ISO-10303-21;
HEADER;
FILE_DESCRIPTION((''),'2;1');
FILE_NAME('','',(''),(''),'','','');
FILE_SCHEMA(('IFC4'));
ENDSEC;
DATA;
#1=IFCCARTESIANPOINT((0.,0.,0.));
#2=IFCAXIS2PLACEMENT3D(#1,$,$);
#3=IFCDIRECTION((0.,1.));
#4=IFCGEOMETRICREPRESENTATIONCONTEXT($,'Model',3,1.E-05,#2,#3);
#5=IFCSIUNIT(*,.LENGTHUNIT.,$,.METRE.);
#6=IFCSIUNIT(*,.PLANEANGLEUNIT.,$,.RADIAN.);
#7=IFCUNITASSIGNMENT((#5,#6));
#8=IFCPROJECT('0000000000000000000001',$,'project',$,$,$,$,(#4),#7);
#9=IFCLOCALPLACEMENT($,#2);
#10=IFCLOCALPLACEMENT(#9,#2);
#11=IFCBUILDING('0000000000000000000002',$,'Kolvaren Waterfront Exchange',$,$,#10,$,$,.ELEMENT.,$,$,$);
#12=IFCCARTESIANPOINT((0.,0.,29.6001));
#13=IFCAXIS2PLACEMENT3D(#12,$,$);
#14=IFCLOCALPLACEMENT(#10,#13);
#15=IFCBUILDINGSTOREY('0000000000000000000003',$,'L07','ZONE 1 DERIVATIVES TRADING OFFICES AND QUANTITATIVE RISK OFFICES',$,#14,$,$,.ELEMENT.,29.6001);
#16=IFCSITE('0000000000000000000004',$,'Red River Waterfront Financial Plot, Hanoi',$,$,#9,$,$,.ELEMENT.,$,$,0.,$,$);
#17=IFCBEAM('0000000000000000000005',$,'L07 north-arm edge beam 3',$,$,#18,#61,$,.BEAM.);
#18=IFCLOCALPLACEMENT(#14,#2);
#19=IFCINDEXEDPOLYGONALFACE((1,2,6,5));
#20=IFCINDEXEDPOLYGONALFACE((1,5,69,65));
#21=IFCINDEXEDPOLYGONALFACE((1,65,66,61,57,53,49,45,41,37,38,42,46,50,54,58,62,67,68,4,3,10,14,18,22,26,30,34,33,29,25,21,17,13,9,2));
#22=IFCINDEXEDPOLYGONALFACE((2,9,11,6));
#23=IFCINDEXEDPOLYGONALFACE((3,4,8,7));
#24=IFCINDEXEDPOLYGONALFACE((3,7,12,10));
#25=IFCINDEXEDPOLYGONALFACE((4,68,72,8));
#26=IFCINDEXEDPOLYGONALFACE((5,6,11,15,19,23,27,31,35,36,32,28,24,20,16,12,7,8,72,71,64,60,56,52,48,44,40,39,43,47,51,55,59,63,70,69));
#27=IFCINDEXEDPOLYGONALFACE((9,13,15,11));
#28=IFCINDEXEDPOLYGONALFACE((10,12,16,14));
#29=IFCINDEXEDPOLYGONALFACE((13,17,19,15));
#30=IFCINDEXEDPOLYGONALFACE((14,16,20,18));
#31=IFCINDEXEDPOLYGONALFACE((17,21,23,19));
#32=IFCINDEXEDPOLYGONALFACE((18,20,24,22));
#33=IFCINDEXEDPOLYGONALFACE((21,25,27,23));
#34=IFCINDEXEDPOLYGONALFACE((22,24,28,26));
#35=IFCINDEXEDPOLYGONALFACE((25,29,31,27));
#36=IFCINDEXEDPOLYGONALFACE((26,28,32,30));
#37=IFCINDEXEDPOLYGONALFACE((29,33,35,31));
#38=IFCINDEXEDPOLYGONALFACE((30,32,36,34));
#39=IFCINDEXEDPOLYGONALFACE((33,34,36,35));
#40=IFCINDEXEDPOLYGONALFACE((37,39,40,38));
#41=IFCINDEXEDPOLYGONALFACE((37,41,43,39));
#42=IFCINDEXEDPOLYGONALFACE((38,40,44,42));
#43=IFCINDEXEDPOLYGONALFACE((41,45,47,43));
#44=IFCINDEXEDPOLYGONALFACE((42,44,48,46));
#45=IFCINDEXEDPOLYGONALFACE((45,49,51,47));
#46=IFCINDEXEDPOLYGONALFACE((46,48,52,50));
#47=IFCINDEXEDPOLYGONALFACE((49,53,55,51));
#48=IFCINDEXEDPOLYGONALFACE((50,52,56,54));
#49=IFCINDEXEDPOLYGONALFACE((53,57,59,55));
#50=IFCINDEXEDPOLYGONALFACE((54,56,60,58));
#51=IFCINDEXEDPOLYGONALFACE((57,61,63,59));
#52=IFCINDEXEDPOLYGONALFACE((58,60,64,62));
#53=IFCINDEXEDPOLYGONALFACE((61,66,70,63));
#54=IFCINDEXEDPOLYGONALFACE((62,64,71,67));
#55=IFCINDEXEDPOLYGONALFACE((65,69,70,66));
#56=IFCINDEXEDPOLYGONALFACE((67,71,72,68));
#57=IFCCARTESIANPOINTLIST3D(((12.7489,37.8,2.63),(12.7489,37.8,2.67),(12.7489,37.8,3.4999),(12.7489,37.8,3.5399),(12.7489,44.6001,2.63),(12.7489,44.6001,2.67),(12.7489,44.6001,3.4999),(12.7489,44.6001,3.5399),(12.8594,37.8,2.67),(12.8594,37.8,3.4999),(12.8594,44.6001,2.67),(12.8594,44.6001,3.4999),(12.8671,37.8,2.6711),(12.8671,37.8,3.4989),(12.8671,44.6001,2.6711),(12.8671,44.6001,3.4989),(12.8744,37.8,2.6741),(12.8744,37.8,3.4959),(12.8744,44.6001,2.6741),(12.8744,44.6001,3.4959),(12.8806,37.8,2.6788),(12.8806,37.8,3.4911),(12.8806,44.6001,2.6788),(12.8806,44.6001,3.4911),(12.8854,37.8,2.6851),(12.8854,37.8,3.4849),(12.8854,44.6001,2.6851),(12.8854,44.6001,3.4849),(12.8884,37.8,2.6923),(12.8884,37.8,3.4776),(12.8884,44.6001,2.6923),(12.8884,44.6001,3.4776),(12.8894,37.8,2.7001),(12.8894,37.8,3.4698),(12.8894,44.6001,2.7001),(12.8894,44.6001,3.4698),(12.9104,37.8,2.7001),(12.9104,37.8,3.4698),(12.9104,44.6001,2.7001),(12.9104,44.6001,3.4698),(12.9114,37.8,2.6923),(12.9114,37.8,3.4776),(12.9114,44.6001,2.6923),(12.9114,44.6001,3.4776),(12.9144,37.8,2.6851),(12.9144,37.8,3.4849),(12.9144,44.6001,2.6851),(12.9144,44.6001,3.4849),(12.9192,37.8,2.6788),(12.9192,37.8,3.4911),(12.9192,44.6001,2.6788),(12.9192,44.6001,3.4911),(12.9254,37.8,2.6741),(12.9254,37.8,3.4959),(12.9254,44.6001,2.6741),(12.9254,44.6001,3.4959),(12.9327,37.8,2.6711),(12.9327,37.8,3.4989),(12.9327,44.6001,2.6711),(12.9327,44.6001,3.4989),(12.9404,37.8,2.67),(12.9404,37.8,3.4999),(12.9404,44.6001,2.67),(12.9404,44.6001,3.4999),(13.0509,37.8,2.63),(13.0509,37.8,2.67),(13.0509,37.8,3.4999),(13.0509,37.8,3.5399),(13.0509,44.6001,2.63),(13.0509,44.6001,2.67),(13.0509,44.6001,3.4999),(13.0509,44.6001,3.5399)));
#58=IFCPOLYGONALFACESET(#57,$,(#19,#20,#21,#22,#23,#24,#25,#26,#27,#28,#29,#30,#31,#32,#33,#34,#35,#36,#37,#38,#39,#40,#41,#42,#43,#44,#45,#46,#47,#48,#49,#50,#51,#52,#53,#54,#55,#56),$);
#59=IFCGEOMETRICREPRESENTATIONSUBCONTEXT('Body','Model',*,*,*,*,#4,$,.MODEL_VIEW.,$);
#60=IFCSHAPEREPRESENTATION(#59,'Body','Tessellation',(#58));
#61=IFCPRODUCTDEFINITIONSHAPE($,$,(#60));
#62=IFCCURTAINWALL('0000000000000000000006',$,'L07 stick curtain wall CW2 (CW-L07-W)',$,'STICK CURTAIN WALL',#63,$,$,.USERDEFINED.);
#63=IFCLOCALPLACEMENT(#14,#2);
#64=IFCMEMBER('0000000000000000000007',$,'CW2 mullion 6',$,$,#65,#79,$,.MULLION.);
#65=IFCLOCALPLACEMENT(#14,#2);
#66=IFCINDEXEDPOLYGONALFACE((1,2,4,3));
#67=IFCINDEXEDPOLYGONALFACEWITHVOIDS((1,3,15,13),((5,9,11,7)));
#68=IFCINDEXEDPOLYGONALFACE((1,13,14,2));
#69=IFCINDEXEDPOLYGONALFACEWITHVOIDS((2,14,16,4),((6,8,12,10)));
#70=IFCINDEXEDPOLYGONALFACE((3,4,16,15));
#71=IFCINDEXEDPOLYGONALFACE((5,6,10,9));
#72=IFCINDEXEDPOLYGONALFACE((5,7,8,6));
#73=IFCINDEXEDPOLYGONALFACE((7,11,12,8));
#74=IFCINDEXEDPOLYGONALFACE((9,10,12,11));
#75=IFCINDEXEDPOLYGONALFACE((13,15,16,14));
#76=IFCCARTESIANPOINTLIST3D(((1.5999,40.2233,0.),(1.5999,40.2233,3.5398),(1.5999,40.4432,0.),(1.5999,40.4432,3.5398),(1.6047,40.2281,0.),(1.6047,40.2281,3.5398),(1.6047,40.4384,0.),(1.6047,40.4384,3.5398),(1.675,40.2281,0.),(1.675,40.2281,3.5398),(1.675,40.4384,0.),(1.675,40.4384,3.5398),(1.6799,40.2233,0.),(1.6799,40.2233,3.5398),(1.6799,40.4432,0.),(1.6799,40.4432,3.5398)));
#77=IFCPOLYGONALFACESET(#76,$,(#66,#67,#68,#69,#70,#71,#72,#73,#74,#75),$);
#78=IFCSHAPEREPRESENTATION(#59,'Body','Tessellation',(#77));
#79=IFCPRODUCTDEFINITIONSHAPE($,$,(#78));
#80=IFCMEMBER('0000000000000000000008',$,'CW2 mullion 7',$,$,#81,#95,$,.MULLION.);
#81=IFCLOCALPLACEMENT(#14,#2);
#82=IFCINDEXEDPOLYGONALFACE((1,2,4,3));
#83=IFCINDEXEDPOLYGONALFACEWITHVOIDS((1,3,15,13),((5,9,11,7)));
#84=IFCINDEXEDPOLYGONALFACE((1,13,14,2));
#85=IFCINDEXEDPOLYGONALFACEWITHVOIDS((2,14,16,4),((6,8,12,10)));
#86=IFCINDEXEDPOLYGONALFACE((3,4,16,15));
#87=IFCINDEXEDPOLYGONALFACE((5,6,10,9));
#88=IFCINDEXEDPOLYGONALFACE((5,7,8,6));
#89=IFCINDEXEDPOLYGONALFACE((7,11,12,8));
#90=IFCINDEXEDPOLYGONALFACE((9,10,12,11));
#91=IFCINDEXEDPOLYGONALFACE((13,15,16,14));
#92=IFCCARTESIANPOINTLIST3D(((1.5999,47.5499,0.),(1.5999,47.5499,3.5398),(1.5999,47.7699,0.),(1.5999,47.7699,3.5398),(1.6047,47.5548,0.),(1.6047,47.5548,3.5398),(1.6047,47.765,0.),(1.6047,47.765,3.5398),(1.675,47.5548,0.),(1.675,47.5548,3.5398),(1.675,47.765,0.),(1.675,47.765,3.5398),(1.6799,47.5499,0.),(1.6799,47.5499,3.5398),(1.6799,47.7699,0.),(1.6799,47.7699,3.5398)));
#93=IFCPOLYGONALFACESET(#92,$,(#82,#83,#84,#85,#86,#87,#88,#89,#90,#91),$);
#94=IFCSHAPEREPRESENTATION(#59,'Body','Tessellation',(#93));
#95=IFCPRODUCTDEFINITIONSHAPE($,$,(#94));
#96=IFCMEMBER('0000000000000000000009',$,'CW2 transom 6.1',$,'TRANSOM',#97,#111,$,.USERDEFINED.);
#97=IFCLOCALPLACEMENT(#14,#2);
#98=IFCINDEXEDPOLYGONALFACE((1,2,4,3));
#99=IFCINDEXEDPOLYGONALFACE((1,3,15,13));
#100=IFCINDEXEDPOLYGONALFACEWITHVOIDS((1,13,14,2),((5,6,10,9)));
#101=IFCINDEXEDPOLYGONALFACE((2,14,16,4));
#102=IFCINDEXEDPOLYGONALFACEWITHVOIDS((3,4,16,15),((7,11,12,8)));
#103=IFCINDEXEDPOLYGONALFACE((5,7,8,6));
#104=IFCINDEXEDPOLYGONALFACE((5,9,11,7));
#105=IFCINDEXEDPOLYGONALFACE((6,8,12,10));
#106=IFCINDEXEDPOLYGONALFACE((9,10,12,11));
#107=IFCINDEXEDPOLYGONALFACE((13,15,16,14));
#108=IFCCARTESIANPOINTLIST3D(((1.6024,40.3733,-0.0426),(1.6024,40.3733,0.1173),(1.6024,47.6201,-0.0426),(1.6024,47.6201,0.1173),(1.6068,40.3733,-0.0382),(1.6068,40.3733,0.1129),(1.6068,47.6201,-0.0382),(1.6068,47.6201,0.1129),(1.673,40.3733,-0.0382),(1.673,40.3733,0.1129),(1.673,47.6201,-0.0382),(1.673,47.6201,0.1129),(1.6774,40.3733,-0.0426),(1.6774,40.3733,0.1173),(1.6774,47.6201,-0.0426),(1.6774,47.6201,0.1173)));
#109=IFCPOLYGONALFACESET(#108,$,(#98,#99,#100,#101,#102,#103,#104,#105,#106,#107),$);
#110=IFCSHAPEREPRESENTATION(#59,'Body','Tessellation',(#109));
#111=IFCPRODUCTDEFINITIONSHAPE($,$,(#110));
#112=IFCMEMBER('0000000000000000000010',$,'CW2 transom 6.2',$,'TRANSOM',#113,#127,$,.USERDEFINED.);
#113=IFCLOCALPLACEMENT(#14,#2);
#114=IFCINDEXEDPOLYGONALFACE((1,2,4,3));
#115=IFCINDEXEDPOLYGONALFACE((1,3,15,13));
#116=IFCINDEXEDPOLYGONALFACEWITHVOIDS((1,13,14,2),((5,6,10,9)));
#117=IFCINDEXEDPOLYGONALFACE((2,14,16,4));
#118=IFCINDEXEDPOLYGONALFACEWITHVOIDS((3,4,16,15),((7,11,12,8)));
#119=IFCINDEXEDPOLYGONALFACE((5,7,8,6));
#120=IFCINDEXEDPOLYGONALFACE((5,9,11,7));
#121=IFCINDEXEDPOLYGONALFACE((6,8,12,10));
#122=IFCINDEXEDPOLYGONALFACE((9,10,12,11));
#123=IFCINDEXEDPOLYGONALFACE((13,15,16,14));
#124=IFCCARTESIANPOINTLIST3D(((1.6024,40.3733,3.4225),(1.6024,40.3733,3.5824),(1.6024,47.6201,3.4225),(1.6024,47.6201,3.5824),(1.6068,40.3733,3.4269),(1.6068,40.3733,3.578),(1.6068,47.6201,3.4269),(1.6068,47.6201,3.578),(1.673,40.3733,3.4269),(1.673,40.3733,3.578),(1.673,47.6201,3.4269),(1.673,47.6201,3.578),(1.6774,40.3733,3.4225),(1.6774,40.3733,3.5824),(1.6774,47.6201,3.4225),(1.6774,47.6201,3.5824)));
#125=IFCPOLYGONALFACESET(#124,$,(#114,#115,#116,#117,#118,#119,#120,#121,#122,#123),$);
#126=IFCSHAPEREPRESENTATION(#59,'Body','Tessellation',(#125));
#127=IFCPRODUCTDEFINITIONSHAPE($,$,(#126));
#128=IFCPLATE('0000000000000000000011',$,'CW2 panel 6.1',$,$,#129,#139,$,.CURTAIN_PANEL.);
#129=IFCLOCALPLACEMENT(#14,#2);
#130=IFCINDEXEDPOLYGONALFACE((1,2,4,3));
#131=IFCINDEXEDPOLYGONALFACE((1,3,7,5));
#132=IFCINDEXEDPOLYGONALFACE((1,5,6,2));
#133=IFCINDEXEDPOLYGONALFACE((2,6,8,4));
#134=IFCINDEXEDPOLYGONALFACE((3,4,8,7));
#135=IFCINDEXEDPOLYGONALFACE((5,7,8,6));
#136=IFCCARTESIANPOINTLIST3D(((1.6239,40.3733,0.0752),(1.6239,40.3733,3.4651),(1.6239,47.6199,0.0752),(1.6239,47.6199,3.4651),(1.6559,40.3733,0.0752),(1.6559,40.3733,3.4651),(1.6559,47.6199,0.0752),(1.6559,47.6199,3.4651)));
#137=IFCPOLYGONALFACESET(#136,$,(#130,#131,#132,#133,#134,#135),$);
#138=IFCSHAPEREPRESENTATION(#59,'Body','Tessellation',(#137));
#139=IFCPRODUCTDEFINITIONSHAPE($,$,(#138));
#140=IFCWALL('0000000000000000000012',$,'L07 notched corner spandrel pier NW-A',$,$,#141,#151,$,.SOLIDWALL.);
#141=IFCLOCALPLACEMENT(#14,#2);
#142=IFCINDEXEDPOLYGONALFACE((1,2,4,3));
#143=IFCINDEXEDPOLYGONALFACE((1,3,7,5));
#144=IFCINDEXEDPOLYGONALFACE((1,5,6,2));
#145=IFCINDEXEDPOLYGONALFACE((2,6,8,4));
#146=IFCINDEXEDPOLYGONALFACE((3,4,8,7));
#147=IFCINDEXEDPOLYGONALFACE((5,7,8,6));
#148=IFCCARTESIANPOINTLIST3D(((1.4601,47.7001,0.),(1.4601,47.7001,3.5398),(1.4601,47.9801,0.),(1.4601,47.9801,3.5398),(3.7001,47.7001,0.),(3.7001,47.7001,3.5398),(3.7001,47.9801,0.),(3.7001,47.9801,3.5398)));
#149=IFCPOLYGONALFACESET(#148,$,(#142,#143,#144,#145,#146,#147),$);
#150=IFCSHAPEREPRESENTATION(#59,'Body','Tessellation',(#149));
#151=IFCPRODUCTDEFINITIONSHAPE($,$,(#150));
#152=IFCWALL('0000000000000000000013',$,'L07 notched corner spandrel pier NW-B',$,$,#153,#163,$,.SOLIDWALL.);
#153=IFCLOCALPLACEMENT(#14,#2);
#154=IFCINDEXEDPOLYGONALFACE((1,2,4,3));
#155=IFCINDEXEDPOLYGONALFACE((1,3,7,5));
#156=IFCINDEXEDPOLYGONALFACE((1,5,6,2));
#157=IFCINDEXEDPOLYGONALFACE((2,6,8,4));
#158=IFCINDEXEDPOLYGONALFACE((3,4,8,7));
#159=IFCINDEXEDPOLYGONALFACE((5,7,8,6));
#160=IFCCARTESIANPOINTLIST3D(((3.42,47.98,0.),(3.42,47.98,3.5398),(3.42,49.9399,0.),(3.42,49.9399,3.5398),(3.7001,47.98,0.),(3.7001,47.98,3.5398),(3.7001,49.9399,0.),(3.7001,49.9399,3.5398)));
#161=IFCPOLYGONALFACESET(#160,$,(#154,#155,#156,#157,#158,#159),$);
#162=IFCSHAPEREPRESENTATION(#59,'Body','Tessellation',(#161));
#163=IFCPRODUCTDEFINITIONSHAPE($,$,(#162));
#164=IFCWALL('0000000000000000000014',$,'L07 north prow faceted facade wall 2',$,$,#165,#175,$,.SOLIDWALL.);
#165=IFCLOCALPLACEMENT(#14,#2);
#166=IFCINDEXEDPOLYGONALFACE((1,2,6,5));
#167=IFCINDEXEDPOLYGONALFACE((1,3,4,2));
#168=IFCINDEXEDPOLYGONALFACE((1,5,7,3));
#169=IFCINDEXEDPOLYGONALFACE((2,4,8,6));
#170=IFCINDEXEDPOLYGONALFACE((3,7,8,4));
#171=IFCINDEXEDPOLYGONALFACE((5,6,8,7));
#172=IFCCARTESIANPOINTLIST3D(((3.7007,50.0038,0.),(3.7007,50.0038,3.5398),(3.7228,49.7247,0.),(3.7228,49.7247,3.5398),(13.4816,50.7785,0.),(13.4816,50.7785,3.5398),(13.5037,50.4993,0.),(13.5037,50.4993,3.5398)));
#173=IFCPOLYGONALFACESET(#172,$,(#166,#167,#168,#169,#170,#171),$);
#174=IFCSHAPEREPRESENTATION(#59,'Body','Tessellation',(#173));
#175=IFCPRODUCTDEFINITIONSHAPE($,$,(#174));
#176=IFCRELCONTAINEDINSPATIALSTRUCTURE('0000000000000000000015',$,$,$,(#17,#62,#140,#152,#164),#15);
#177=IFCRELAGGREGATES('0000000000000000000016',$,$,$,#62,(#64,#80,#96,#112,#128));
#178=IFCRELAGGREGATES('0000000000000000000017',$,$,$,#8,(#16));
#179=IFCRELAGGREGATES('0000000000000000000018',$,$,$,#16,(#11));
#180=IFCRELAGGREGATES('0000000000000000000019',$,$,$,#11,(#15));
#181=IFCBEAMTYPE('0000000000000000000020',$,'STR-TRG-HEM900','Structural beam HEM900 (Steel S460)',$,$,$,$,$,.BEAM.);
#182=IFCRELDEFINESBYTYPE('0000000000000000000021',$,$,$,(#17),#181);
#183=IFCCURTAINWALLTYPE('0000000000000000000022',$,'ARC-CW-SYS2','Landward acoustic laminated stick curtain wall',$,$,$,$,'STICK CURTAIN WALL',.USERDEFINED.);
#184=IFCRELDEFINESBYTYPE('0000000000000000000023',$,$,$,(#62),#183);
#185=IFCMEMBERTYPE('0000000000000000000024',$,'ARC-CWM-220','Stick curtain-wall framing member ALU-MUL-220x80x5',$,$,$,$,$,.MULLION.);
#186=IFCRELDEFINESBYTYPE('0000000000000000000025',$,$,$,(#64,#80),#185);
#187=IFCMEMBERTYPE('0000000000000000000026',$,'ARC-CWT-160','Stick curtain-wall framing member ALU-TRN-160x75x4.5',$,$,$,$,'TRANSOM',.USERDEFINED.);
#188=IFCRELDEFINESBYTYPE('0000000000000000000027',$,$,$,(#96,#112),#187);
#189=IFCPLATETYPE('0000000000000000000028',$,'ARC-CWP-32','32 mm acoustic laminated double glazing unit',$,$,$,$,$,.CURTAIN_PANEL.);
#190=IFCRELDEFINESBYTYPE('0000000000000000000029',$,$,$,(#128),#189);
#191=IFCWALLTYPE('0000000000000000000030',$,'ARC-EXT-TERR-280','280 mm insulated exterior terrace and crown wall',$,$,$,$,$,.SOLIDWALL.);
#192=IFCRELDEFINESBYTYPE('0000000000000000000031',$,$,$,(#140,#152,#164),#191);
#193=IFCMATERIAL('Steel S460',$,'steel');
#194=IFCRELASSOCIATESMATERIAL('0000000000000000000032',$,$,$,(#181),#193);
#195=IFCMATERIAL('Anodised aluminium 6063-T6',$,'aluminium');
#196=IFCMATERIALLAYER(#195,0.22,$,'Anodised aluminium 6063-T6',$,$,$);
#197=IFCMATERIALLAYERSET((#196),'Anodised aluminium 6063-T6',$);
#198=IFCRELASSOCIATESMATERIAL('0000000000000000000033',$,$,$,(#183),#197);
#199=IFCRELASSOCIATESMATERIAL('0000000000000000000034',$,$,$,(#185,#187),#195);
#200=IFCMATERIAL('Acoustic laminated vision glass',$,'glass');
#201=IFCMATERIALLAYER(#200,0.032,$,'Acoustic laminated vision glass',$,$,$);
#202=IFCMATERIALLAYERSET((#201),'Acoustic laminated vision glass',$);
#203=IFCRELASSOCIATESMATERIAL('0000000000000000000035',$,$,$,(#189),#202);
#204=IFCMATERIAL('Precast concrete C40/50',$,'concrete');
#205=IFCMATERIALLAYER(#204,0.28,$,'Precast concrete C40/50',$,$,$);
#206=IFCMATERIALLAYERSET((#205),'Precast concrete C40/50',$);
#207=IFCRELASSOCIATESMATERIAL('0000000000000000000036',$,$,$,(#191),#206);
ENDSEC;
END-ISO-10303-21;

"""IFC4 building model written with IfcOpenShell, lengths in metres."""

from ifc_helpers import new_model, si_unit, direction, frame, frame_2d, origin, origin_with_axes, origin_2d, place, context, subcontext, project, spatial, rectangle, hollow_rectangle, i_section, extrude, source, transform, mapped, material, layer, layer_set, material_profile, profile_set, type_object, element, aggregate, save


model = new_model("IFC4")

# Units and contexts
model_context = context("Model", 3, precision=1e-05, world=origin(), true_north=direction((0.0, 1.0)))
body_context = subcontext(model_context, "Body", "Model", "MODEL_VIEW")
ifc_project = project(units=[si_unit("LENGTHUNIT", "METRE"), si_unit("PLANEANGLEUNIT", "RADIAN")], contexts=[model_context])

# Site, building, storey
site_placement = place(None, origin())
site = spatial("IfcSite", under=ifc_project, at=site_placement, Name="Red River Waterfront Financial Plot, Hanoi", CompositionType="ELEMENT", RefElevation=0.0)
building_placement = place(site_placement, origin())
building = spatial("IfcBuilding", under=site, at=building_placement, Name="Kolvaren Waterfront Exchange", CompositionType="ELEMENT")
storey_placement = place(building_placement, frame((0.0, 0.0, 29.6001)))
storey = spatial("IfcBuildingStorey", under=building, at=storey_placement, Name="L07", Description="ZONE 1 DERIVATIVES TRADING OFFICES AND QUANTITATIVE RISK OFFICES", CompositionType="ELEMENT", Elevation=29.6001)

# Beam
ifc_material_1 = material(Name="Steel S460", Category="steel")
ifc_material_profile_1 = material_profile(ifc_material_1, i_section(OverallWidth=0.302, OverallDepth=0.9099, WebThickness=0.021, FlangeThickness=0.04, FilletRadius=0.03, at=origin_2d()), Name="HEM900")
ifc_profile_set_1 = profile_set([ifc_material_profile_1], Name="Steel S460")
beam_type_1 = type_object("IfcBeamType", Name="STR-TRG-HEM900", Description="Structural beam HEM900 (Steel S460)", PredefinedType="BEAM", material=ifc_profile_set_1)
beam_1_placement = place(storey_placement, frame((12.8999, 37.8, 3.085), z_axis=(0.0, 1.0, 0.0), x_axis=(-1.0, 0.0, 0.0)))
element("IfcBeam", 1, at=beam_1_placement, inside=storey, type_object=beam_type_1, Name="L07 north-arm edge beam 3", PredefinedType="BEAM", context=body_context, shape_type="SweptSolid", body=[
    extrude(i_section(OverallWidth=0.302, OverallDepth=0.9099, WebThickness=0.021, FlangeThickness=0.04, FilletRadius=0.03, at=origin_2d()), origin(), (0.0, 0.0, 1.0), 6.8),
])

# Curtain wall, members, plate
ifc_material_2 = material(Name="Anodised aluminium 6063-T6", Category="aluminium")
ifc_layer_1 = layer(ifc_material_2, 0.22, Name="Anodised aluminium 6063-T6")
ifc_layer_set_1 = layer_set([ifc_layer_1], Name="Anodised aluminium 6063-T6")
curtain_wall_type = type_object("IfcCurtainWallType", Name="ARC-CW-SYS2", Description="Landward acoustic laminated stick curtain wall", ElementType="STICK CURTAIN WALL", PredefinedType="USERDEFINED", material=ifc_layer_set_1)
curtain_wall_placement = place(storey_placement, origin())
curtain_wall = element("IfcCurtainWall", 2, at=curtain_wall_placement, inside=storey, type_object=curtain_wall_type, Name="L07 stick curtain wall CW2 (CW-L07-W)", ObjectType="STICK CURTAIN WALL", PredefinedType="USERDEFINED")
ifc_material_profile_2 = material_profile(ifc_material_2, hollow_rectangle(XDim=0.0801, YDim=0.22, WallThickness=0.0049, at=origin_2d()), Name="ALU-MUL-220x80x5")
ifc_profile_set_2 = profile_set([ifc_material_profile_2], Name="Anodised aluminium 6063-T6")
member_type_1 = type_object("IfcMemberType", Name="ARC-CWM-220", Description="Stick curtain-wall framing member ALU-MUL-220x80x5", PredefinedType="MULLION", material=ifc_profile_set_2)
shared_shape_1 = source(origin_with_axes(), body_context, "Body", "SweptSolid", [
    extrude(hollow_rectangle(XDim=0.0801, YDim=0.22, WallThickness=0.0049, at=origin_2d()), origin(), (0.0, 0.0, 1.0), 3.5398),
])
member_1_placement = place(storey_placement, frame((1.6399, 40.3333, 0.0), z_axis=(0.0, 0.0, 1.0), x_axis=(-1.0, 0.0, 0.0)))
member_1 = element("IfcMember", 3, at=member_1_placement, type_object=member_type_1, Name="CW2 mullion 6", PredefinedType="MULLION", context=body_context, shape_type="MappedRepresentation", body=[
    mapped(shared_shape_1, transform((0.0, 0.0, 0.0), x_axis=(1.0, 0.0, 0.0), y_axis=(0.0, 1.0, 0.0), z_axis=(0.0, 0.0, 1.0), scale=1.0)),
])
member_2_placement = place(storey_placement, frame((1.6399, 47.6599, 0.0), z_axis=(0.0, 0.0, 1.0), x_axis=(-1.0, 0.0, 0.0)))
member_2 = element("IfcMember", 4, at=member_2_placement, type_object=member_type_1, Name="CW2 mullion 7", PredefinedType="MULLION", context=body_context, shape_type="MappedRepresentation", body=[
    mapped(shared_shape_1, transform((0.0, 0.0, 0.0), x_axis=(1.0, 0.0, 0.0), y_axis=(0.0, 1.0, 0.0), z_axis=(0.0, 0.0, 1.0), scale=1.0)),
])
ifc_material_profile_3 = material_profile(ifc_material_2, hollow_rectangle(XDim=0.075, YDim=0.1599, WallThickness=0.0044, at=origin_2d()), Name="ALU-TRN-160x75x4.5")
ifc_profile_set_3 = profile_set([ifc_material_profile_3], Name="Anodised aluminium 6063-T6")
member_type_2 = type_object("IfcMemberType", Name="ARC-CWT-160", Description="Stick curtain-wall framing member ALU-TRN-160x75x4.5", ElementType="TRANSOM", PredefinedType="USERDEFINED", material=ifc_profile_set_3)
shared_shape_2 = source(origin_with_axes(), body_context, "Body", "SweptSolid", [
    extrude(hollow_rectangle(XDim=0.075, YDim=0.1599, WallThickness=0.0044, at=origin_2d()), origin(), (0.0, 0.0, 1.0), 7.2468),
])
member_3_placement = place(storey_placement, frame((1.6399, 40.3733, 0.0374), z_axis=(0.0, 1.0, 0.0), x_axis=(-1.0, 0.0, 0.0)))
member_3 = element("IfcMember", 5, at=member_3_placement, type_object=member_type_2, Name="CW2 transom 6.1", ObjectType="TRANSOM", PredefinedType="USERDEFINED", context=body_context, shape_type="MappedRepresentation", body=[
    mapped(shared_shape_2, transform((0.0, 0.0, 0.0), x_axis=(1.0, 0.0, 0.0), y_axis=(0.0, 1.0, 0.0), z_axis=(0.0, 0.0, 1.0), scale=1.0)),
])
member_4_placement = place(storey_placement, frame((1.6399, 40.3733, 3.5024), z_axis=(0.0, 1.0, 0.0), x_axis=(-1.0, 0.0, 0.0)))
member_4 = element("IfcMember", 6, at=member_4_placement, type_object=member_type_2, Name="CW2 transom 6.2", ObjectType="TRANSOM", PredefinedType="USERDEFINED", context=body_context, shape_type="MappedRepresentation", body=[
    mapped(shared_shape_2, transform((0.0, 0.0, 0.0), x_axis=(1.0, 0.0, 0.0), y_axis=(0.0, 1.0, 0.0), z_axis=(0.0, 0.0, 1.0), scale=1.0)),
])
ifc_material_3 = material(Name="Acoustic laminated vision glass", Category="glass")
ifc_layer_2 = layer(ifc_material_3, 0.032, Name="Acoustic laminated vision glass")
ifc_layer_set_2 = layer_set([ifc_layer_2], Name="Acoustic laminated vision glass")
plate_type = type_object("IfcPlateType", Name="ARC-CWP-32", Description="32 mm acoustic laminated double glazing unit", PredefinedType="CURTAIN_PANEL", material=ifc_layer_set_2)
shared_shape_3 = source(origin_with_axes(), body_context, "Body", "SweptSolid", [
    extrude(rectangle(XDim=7.2466, YDim=0.032, at=origin_2d()), origin(), (0.0, 0.0, 1.0), 3.3899),
])
plate_placement = place(storey_placement, frame((1.6399, 43.9966, 0.0752), z_axis=(0.0, 0.0, 1.0), x_axis=(0.0, 1.0, 0.0)))
plate = element("IfcPlate", 7, at=plate_placement, type_object=plate_type, Name="CW2 panel 6.1", PredefinedType="CURTAIN_PANEL", context=body_context, shape_type="MappedRepresentation", body=[
    mapped(shared_shape_3, transform((0.0, 0.0, 0.0), x_axis=(1.0, 0.0, 0.0), y_axis=(0.0, 1.0, 0.0), z_axis=(0.0, 0.0, 1.0), scale=1.0)),
])
aggregate(curtain_wall, [member_1, member_2, member_3, member_4, plate])

# Walls
ifc_material_4 = material(Name="Precast concrete C40/50", Category="concrete")
ifc_layer_3 = layer(ifc_material_4, 0.28, Name="Precast concrete C40/50")
ifc_layer_set_3 = layer_set([ifc_layer_3], Name="Precast concrete C40/50")
wall_type_1 = type_object("IfcWallType", Name="ARC-EXT-TERR-280", Description="280 mm insulated exterior terrace and crown wall", PredefinedType="SOLIDWALL", material=ifc_layer_set_3)
wall_1_placement = place(storey_placement, frame((1.46, 47.8401, 0.0), z_axis=(0.0, 0.0, 1.0), x_axis=(1.0, 0.0, 0.0)))
element("IfcWall", 8, at=wall_1_placement, inside=storey, type_object=wall_type_1, Name="L07 notched corner spandrel pier NW-A", PredefinedType="SOLIDWALL", context=body_context, shape_type="SweptSolid", body=[
    extrude(rectangle(XDim=2.24, YDim=0.28, at=frame_2d((1.1201, 0.0))), origin(), (0.0, 0.0, 1.0), 3.5398),
])
wall_2_placement = place(storey_placement, frame((3.5601, 47.98, 0.0), z_axis=(0.0, 0.0, 1.0), x_axis=(0.0, 1.0, 0.0)))
element("IfcWall", 9, at=wall_2_placement, inside=storey, type_object=wall_type_1, Name="L07 notched corner spandrel pier NW-B", PredefinedType="SOLIDWALL", context=body_context, shape_type="SweptSolid", body=[
    extrude(rectangle(XDim=1.96, YDim=0.28, at=frame_2d((0.98, 0.0))), origin(), (0.0, 0.0, 1.0), 3.5398),
])
wall_3_placement = place(storey_placement, frame((13.4927, 50.6389, 0.0), z_axis=(0.0, 0.0, 1.0), x_axis=(-0.996878, -0.078953, 0.0)))
element("IfcWall", 10, at=wall_3_placement, inside=storey, type_object=wall_type_1, Name="L07 north prow faceted facade wall 2", PredefinedType="SOLIDWALL", context=body_context, shape_type="SweptSolid", body=[
    extrude(rectangle(XDim=9.8115, YDim=0.28, at=frame_2d((4.9058, 0.0))), origin(), (0.0, 0.0, 1.0), 3.5398),
])

save(model, "model.ifc")
